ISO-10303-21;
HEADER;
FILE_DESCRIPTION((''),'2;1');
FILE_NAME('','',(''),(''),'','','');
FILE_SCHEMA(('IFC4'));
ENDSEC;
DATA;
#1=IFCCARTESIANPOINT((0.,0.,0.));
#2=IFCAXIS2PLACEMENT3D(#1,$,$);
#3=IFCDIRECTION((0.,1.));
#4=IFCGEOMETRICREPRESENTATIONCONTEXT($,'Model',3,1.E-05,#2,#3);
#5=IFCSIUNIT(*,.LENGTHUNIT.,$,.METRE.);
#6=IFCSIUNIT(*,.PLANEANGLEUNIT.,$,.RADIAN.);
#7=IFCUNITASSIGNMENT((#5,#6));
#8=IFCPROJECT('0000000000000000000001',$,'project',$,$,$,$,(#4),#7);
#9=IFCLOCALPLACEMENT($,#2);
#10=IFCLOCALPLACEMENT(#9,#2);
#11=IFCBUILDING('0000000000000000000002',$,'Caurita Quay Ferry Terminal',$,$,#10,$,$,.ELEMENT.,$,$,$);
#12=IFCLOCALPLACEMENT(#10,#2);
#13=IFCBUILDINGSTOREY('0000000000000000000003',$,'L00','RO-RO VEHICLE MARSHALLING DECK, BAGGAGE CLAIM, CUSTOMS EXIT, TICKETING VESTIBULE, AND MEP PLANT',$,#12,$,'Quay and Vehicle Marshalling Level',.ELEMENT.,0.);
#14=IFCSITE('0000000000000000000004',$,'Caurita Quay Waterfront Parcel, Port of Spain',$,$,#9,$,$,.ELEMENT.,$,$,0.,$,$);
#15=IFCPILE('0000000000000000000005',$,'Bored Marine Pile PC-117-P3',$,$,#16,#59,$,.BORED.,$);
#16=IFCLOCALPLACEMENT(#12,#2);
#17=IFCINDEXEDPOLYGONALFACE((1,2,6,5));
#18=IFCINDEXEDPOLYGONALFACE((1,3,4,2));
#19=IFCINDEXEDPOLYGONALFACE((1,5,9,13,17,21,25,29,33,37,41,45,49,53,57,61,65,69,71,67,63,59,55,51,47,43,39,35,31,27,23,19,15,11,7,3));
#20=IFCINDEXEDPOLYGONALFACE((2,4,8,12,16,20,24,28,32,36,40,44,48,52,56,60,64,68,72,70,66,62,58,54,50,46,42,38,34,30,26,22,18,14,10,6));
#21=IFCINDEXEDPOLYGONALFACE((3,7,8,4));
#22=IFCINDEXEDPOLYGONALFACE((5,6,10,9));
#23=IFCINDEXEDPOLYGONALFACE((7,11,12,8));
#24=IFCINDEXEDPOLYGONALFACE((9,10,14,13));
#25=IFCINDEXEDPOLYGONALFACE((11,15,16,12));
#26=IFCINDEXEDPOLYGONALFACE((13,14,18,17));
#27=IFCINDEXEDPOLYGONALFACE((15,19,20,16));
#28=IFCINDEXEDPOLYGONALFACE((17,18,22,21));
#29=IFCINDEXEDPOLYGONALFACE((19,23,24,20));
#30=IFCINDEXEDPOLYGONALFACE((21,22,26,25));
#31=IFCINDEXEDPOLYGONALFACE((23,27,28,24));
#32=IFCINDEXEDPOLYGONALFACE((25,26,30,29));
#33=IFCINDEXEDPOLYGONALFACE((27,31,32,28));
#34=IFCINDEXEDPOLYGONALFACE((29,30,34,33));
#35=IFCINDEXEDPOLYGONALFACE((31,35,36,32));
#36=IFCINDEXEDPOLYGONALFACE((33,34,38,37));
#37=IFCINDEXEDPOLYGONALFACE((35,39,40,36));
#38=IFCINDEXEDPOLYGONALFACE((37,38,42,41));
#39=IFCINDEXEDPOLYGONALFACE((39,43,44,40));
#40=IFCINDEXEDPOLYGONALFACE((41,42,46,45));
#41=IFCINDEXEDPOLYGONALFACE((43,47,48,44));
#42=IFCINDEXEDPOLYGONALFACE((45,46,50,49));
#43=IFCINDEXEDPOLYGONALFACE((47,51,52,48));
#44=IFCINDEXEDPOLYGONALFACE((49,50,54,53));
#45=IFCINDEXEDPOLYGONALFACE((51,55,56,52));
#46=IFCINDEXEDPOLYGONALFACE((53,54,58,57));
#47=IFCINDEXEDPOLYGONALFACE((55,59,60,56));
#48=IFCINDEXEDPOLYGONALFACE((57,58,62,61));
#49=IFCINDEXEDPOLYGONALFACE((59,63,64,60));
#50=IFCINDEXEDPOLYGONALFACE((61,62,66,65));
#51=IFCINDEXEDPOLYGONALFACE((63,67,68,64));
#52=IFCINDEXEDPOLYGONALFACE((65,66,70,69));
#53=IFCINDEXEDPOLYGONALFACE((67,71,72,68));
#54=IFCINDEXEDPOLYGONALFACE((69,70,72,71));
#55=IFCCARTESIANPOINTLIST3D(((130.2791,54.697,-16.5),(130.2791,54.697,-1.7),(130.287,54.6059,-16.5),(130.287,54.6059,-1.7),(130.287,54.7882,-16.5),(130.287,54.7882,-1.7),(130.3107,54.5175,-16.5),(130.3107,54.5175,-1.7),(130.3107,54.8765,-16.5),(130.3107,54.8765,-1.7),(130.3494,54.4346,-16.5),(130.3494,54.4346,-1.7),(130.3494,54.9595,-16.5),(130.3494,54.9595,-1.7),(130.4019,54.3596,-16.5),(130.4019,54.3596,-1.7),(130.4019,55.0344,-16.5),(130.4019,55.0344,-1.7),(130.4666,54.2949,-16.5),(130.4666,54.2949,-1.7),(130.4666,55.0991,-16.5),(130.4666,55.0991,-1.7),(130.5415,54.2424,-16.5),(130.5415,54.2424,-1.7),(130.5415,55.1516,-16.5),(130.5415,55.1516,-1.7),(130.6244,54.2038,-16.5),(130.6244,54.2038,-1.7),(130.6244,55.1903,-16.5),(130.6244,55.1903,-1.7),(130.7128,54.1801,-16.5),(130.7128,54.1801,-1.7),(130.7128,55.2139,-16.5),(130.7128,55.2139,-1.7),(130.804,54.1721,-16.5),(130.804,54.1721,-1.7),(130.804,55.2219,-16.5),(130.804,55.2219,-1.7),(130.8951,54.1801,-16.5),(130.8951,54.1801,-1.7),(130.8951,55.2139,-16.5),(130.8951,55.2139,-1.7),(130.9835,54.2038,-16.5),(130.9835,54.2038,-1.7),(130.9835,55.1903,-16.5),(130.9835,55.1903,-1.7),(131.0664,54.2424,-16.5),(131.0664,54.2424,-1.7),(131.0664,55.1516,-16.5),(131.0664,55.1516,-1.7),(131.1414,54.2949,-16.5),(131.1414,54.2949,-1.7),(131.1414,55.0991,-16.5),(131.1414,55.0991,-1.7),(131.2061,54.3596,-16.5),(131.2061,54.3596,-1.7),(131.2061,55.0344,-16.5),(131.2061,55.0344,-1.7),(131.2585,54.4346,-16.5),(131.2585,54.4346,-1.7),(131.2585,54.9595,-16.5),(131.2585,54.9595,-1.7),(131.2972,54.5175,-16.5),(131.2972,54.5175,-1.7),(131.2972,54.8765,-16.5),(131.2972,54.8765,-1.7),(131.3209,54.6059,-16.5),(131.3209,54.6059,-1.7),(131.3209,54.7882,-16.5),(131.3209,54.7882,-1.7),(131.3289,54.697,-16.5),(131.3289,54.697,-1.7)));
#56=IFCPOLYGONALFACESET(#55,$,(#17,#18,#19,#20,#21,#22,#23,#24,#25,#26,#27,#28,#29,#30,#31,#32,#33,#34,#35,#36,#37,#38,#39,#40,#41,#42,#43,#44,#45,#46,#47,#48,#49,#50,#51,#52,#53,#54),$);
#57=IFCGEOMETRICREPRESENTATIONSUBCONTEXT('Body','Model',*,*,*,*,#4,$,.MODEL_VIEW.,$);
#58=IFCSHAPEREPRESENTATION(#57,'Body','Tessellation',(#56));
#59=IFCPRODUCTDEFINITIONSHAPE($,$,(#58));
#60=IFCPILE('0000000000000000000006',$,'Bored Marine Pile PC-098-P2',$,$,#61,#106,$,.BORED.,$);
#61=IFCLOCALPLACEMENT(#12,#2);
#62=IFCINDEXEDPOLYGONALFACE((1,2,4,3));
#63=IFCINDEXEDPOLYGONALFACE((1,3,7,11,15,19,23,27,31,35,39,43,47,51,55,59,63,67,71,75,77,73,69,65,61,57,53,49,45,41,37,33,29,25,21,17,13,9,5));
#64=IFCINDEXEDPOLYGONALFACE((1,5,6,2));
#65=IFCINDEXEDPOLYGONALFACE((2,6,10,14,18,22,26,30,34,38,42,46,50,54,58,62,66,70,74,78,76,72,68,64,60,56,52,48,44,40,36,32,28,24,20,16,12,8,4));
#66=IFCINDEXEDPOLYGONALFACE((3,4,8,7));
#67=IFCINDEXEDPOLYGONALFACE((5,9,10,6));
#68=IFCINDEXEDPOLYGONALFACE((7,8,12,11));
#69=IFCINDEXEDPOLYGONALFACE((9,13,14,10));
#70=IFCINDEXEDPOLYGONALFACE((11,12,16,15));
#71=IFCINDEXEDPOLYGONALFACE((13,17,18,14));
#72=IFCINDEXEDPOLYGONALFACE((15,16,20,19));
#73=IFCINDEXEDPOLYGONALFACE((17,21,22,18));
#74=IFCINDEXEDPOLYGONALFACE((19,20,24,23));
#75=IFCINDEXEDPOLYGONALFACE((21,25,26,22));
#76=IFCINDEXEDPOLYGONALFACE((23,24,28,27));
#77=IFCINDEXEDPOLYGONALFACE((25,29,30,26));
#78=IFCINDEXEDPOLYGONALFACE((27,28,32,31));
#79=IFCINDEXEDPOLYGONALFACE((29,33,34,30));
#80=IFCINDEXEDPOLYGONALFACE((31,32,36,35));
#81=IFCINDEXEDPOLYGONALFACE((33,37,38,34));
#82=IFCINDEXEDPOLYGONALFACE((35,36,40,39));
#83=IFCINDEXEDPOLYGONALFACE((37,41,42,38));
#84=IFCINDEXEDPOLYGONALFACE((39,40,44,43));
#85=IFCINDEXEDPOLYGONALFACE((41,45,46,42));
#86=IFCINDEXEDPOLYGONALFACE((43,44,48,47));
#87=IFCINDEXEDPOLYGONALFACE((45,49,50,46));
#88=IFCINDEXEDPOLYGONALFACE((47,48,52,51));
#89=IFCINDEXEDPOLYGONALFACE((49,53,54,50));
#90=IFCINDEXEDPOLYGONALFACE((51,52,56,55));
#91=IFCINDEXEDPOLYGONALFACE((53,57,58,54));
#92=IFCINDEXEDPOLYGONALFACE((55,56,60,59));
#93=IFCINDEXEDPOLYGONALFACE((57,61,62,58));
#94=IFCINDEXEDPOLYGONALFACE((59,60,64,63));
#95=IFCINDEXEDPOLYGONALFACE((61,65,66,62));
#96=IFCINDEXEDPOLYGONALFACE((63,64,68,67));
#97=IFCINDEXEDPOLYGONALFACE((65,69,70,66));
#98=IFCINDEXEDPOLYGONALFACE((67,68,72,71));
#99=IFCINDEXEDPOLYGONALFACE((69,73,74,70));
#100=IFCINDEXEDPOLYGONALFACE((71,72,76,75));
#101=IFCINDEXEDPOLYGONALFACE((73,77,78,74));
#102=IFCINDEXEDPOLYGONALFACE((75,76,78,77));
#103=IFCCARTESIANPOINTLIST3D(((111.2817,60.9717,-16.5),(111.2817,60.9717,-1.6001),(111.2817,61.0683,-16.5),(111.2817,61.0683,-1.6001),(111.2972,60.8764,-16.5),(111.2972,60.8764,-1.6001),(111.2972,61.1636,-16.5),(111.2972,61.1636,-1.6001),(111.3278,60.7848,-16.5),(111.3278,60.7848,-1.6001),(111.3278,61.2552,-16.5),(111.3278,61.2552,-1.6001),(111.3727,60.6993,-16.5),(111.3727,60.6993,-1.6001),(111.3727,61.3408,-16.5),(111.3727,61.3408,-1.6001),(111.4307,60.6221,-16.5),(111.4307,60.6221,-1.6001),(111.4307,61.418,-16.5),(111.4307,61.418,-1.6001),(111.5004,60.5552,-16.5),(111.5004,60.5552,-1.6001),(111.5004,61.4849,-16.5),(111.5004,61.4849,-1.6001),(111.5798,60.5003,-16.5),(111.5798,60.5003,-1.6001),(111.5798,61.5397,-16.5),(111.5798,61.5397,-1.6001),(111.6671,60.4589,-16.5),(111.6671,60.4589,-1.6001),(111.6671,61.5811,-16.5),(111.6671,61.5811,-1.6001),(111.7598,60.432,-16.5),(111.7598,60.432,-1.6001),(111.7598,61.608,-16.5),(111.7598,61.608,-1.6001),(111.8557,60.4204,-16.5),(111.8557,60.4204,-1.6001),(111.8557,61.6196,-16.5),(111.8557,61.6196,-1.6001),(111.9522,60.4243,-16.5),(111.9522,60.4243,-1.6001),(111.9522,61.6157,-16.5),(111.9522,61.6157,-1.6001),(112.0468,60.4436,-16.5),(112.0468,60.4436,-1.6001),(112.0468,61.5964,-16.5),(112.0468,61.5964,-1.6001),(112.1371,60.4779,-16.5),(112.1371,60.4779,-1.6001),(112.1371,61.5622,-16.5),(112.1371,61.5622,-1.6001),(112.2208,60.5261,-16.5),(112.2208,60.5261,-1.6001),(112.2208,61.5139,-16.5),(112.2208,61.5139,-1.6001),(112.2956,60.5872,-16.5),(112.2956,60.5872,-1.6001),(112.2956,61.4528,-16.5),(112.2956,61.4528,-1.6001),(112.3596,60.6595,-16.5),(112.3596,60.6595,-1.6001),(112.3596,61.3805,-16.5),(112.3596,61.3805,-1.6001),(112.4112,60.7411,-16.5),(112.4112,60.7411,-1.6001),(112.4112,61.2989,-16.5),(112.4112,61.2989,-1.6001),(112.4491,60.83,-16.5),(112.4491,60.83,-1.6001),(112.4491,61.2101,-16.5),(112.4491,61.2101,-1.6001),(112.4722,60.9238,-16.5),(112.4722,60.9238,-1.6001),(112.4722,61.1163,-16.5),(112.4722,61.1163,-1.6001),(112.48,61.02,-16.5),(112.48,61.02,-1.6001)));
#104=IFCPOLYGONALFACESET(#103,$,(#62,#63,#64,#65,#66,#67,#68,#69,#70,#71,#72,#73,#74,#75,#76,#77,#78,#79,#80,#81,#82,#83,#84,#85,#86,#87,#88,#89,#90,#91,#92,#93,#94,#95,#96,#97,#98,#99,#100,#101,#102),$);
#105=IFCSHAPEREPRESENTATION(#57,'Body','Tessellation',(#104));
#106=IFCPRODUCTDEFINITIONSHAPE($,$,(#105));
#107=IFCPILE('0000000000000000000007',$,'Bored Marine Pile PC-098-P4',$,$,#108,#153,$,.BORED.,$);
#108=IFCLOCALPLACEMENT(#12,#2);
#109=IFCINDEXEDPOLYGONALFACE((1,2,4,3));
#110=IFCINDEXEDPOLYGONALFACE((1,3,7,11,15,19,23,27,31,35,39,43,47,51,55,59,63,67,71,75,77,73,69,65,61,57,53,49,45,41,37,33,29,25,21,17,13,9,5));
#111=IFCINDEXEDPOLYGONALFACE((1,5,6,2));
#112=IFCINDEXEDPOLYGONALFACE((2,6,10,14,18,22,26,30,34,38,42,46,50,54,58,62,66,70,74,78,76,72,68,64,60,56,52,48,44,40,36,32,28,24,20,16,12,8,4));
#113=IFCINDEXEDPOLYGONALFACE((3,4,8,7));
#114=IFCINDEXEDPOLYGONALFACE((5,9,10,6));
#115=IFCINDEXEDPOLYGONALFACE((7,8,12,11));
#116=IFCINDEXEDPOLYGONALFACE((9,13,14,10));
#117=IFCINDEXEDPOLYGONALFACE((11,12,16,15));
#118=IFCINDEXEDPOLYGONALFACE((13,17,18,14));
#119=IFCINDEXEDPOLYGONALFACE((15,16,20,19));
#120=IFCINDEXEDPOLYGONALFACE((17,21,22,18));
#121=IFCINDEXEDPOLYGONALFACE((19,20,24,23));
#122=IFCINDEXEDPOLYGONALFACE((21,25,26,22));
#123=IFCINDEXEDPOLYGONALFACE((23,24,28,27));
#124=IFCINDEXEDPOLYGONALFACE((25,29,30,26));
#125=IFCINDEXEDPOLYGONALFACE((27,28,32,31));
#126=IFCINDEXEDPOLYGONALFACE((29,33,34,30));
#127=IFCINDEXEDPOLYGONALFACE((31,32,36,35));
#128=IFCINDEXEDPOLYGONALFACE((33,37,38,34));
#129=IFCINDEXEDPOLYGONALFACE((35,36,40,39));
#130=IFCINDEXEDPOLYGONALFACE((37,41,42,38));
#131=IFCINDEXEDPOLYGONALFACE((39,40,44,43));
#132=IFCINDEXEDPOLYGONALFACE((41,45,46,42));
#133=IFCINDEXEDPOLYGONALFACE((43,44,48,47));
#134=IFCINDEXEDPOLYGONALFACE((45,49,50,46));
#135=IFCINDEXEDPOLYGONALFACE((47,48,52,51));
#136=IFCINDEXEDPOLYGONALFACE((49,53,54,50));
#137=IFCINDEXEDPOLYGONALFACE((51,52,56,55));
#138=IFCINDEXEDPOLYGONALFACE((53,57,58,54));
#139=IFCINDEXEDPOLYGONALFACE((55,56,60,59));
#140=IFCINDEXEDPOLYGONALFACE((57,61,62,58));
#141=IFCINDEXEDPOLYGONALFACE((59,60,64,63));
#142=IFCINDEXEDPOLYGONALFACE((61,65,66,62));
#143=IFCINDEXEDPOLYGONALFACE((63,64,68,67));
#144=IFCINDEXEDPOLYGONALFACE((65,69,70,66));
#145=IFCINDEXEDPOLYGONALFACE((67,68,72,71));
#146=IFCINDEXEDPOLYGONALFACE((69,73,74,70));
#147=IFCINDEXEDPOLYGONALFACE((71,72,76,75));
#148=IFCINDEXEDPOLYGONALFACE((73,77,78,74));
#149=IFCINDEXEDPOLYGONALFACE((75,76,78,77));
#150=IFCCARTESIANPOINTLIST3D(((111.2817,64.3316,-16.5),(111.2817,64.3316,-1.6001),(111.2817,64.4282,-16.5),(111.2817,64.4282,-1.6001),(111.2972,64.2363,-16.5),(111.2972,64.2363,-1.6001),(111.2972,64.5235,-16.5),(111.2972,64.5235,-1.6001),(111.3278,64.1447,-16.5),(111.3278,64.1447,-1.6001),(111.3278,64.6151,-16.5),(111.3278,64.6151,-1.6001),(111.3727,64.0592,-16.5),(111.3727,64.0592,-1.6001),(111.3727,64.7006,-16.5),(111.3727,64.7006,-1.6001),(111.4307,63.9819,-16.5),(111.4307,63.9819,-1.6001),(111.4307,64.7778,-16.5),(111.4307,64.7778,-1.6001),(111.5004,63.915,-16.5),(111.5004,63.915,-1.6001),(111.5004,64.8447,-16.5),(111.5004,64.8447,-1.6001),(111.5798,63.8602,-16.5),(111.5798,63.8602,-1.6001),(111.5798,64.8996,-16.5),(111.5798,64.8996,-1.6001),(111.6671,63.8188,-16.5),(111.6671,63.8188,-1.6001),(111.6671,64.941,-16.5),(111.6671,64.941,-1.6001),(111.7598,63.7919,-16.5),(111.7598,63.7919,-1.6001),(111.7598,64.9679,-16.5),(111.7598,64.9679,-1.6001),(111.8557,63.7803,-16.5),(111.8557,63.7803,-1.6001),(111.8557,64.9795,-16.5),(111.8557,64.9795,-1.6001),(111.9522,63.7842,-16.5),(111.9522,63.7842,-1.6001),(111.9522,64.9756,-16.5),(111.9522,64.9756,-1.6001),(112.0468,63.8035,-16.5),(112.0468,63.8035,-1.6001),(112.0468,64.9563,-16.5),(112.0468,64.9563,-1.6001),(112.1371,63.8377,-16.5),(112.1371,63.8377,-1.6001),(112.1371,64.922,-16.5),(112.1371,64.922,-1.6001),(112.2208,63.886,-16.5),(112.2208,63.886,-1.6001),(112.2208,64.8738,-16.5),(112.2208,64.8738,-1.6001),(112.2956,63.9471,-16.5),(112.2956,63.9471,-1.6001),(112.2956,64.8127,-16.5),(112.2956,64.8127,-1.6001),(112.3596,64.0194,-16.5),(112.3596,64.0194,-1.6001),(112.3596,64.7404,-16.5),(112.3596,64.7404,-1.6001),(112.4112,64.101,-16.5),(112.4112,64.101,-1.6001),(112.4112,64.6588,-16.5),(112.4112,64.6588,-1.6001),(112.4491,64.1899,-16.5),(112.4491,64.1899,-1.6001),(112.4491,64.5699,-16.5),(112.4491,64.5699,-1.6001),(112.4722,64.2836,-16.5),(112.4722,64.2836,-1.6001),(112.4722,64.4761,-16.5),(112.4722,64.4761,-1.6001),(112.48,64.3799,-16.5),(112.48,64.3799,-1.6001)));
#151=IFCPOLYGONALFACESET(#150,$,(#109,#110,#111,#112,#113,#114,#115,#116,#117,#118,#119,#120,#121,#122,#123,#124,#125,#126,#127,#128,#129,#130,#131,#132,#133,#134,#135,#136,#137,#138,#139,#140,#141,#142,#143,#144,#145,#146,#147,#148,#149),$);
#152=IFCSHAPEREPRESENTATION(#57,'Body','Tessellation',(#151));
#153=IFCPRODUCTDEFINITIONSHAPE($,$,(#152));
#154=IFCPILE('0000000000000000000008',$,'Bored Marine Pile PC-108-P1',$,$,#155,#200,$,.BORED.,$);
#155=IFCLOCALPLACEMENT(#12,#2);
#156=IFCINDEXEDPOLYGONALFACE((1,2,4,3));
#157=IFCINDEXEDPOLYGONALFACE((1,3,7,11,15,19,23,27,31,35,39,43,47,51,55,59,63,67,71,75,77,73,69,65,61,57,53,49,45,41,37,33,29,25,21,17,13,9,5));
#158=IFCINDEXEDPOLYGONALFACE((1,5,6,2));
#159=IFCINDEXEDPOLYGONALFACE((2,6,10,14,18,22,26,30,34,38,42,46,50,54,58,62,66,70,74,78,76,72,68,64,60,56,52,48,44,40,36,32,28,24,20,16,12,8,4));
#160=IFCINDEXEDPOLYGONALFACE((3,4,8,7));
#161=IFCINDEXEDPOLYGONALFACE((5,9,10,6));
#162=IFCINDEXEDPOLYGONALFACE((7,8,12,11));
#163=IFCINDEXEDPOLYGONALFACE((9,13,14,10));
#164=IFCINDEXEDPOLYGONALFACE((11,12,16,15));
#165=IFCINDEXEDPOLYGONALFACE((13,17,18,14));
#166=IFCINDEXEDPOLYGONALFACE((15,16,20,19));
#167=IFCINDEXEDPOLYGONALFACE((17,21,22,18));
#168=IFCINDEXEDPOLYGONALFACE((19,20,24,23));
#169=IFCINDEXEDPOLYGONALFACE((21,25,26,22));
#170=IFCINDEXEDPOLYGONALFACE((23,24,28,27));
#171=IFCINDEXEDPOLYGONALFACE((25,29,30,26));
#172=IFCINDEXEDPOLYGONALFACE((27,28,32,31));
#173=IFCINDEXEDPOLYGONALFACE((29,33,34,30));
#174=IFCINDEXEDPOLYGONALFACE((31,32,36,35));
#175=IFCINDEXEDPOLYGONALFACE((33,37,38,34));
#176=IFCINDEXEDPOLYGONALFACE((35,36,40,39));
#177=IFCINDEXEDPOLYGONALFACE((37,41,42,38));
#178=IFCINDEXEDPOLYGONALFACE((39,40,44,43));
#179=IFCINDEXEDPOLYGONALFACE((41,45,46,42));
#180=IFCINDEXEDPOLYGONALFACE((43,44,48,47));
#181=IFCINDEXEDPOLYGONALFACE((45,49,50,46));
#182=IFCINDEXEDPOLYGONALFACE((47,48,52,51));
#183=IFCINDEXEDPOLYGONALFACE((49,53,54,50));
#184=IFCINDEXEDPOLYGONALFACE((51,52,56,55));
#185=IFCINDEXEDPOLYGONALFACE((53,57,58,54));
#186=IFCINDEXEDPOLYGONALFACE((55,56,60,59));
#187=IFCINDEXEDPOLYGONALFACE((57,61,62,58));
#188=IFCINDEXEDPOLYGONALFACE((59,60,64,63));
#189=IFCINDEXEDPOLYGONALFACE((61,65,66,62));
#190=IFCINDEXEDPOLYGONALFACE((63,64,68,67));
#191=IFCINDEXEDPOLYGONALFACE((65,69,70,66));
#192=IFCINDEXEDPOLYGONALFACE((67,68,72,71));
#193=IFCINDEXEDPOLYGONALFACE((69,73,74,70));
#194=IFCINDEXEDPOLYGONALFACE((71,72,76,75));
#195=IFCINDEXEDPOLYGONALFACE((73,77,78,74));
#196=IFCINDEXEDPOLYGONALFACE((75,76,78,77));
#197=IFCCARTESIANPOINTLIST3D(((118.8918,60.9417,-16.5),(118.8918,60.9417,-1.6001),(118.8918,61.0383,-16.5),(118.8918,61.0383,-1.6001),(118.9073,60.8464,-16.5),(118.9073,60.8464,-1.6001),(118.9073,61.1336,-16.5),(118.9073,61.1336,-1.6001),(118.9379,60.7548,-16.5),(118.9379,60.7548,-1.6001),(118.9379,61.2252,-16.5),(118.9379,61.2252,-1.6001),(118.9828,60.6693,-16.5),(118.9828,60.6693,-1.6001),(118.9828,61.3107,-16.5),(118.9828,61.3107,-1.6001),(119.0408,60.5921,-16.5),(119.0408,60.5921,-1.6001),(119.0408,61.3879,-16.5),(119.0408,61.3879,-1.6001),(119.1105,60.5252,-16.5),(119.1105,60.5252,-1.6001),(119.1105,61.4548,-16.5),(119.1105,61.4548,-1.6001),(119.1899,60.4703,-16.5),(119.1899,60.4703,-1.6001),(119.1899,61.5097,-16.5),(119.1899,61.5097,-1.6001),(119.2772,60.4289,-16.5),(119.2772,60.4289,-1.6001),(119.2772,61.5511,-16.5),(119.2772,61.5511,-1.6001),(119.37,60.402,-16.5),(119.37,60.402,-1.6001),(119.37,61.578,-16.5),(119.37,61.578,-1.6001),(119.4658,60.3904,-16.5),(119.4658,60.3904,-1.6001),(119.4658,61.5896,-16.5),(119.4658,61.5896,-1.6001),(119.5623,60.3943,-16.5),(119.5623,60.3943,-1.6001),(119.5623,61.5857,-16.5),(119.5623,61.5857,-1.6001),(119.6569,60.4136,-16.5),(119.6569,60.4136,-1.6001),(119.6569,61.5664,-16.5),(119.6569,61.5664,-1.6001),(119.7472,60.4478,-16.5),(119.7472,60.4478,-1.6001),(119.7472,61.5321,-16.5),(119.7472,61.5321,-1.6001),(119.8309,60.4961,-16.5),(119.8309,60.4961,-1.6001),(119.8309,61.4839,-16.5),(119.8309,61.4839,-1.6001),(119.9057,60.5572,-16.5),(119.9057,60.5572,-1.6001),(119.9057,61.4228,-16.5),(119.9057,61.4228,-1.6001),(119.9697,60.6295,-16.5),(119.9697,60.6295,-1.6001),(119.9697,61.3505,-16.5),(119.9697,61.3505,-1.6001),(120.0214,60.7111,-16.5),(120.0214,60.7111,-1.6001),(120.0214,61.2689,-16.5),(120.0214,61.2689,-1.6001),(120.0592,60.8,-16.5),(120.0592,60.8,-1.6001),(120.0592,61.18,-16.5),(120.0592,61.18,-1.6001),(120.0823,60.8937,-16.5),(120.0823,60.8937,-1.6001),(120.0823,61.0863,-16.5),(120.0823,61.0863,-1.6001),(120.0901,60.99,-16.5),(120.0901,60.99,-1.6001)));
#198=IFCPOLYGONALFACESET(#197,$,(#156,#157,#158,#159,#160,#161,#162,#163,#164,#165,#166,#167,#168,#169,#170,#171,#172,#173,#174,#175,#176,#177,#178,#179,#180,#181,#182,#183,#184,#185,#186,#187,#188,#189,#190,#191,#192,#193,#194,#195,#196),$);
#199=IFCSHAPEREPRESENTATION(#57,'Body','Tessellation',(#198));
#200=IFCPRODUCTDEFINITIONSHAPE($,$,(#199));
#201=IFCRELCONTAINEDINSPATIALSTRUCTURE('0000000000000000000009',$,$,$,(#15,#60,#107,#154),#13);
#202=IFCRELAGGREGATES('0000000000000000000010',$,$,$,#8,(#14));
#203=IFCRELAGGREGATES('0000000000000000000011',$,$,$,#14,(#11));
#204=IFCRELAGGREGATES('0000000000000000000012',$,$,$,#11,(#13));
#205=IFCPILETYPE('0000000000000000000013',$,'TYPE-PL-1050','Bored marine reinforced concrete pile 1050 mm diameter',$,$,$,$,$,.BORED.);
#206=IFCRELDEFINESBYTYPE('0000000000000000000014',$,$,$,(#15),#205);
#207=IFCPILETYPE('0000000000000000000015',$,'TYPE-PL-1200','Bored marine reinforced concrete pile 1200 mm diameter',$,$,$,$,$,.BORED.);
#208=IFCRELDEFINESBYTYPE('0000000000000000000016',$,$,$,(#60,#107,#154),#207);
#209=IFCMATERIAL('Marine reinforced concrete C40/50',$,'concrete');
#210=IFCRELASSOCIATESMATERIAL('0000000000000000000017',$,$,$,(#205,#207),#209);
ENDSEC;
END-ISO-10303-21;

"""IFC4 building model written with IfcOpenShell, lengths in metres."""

from ifc_helpers import new_model, si_unit, direction, frame, origin, origin_2d, place, context, subcontext, project, spatial, circle, extrude, material, material_profile, profile_set, type_object, element, save


model = new_model("IFC4")

# Units and contexts
model_context = context("Model", 3, precision=1e-05, world=origin(), true_north=direction((0.0, 1.0)))
body_context = subcontext(model_context, "Body", "Model", "MODEL_VIEW")
ifc_project = project(units=[si_unit("LENGTHUNIT", "METRE"), si_unit("PLANEANGLEUNIT", "RADIAN")], contexts=[model_context])

# Site, building, storey
site_placement = place(None, origin())
site = spatial("IfcSite", under=ifc_project, at=site_placement, Name="Caurita Quay Waterfront Parcel, Port of Spain", CompositionType="ELEMENT", RefElevation=0.0)
building_placement = place(site_placement, origin())
building = spatial("IfcBuilding", under=site, at=building_placement, Name="Caurita Quay Ferry Terminal", CompositionType="ELEMENT")
storey_placement = place(building_placement, origin())
storey = spatial("IfcBuildingStorey", under=building, at=storey_placement, Name="L00", Description="RO-RO VEHICLE MARSHALLING DECK, BAGGAGE CLAIM, CUSTOMS EXIT, TICKETING VESTIBULE, AND MEP PLANT", LongName="Quay and Vehicle Marshalling Level", CompositionType="ELEMENT", Elevation=0.0)

# Piles
ifc_material_1 = material(Name="Marine reinforced concrete C40/50", Category="concrete")
ifc_material_profile_1 = material_profile(ifc_material_1, circle(Radius=0.5249, at=origin_2d()), Name="PILE-D1050")
ifc_profile_set_1 = profile_set([ifc_material_profile_1], Name="Marine reinforced concrete C40/50")
pile_type_1 = type_object("IfcPileType", Name="TYPE-PL-1050", Description="Bored marine reinforced concrete pile 1050 mm diameter", PredefinedType="BORED", material=ifc_profile_set_1)
pile_placement = place(storey_placement, frame((130.804, 54.697, -1.7), z_axis=(0.0, 0.0, -1.0), x_axis=(1.0, 0.0, 0.0)))
element("IfcPile", 1, at=pile_placement, inside=storey, type_object=pile_type_1, Name="Bored Marine Pile PC-117-P3", PredefinedType="BORED", context=body_context, shape_type="SweptSolid", body=[
    extrude(circle(Radius=0.5249, at=origin_2d()), origin(), (0.0, 0.0, 1.0), 14.8),
])
ifc_material_profile_2 = material_profile(ifc_material_1, circle(Radius=0.6001, at=origin_2d()), Name="PILE-D1200")
ifc_profile_set_2 = profile_set([ifc_material_profile_2], Name="Marine reinforced concrete C40/50")
pile_type_2 = type_object("IfcPileType", Name="TYPE-PL-1200", Description="Bored marine reinforced concrete pile 1200 mm diameter", PredefinedType="BORED", material=ifc_profile_set_2)
for number, where, z_axis, x_axis, name in (
    (2, (111.8799, 61.02, -1.6001), (0.0, 0.0, -1.0), (1.0, 0.0, 0.0), "Bored Marine Pile PC-098-P2"),
    (3, (111.8799, 64.3799, -1.6001), (0.0, 0.0, -1.0), (1.0, 0.0, 0.0), "Bored Marine Pile PC-098-P4"),
    (4, (119.49, 60.99, -1.6001), (0.0, 0.0, -1.0), (1.0, 0.0, 0.0), "Bored Marine Pile PC-108-P1"),
):
    element("IfcPile", number, at=place(storey_placement, frame(where, z_axis=z_axis, x_axis=x_axis)), inside=storey, type_object=pile_type_2, Name=name, PredefinedType="BORED", context=body_context, shape_type="SweptSolid", body=[
        extrude(circle(Radius=0.6001, at=origin_2d()), origin(), (0.0, 0.0, 1.0), 14.8999),
    ])

save(model, "model.ifc")
